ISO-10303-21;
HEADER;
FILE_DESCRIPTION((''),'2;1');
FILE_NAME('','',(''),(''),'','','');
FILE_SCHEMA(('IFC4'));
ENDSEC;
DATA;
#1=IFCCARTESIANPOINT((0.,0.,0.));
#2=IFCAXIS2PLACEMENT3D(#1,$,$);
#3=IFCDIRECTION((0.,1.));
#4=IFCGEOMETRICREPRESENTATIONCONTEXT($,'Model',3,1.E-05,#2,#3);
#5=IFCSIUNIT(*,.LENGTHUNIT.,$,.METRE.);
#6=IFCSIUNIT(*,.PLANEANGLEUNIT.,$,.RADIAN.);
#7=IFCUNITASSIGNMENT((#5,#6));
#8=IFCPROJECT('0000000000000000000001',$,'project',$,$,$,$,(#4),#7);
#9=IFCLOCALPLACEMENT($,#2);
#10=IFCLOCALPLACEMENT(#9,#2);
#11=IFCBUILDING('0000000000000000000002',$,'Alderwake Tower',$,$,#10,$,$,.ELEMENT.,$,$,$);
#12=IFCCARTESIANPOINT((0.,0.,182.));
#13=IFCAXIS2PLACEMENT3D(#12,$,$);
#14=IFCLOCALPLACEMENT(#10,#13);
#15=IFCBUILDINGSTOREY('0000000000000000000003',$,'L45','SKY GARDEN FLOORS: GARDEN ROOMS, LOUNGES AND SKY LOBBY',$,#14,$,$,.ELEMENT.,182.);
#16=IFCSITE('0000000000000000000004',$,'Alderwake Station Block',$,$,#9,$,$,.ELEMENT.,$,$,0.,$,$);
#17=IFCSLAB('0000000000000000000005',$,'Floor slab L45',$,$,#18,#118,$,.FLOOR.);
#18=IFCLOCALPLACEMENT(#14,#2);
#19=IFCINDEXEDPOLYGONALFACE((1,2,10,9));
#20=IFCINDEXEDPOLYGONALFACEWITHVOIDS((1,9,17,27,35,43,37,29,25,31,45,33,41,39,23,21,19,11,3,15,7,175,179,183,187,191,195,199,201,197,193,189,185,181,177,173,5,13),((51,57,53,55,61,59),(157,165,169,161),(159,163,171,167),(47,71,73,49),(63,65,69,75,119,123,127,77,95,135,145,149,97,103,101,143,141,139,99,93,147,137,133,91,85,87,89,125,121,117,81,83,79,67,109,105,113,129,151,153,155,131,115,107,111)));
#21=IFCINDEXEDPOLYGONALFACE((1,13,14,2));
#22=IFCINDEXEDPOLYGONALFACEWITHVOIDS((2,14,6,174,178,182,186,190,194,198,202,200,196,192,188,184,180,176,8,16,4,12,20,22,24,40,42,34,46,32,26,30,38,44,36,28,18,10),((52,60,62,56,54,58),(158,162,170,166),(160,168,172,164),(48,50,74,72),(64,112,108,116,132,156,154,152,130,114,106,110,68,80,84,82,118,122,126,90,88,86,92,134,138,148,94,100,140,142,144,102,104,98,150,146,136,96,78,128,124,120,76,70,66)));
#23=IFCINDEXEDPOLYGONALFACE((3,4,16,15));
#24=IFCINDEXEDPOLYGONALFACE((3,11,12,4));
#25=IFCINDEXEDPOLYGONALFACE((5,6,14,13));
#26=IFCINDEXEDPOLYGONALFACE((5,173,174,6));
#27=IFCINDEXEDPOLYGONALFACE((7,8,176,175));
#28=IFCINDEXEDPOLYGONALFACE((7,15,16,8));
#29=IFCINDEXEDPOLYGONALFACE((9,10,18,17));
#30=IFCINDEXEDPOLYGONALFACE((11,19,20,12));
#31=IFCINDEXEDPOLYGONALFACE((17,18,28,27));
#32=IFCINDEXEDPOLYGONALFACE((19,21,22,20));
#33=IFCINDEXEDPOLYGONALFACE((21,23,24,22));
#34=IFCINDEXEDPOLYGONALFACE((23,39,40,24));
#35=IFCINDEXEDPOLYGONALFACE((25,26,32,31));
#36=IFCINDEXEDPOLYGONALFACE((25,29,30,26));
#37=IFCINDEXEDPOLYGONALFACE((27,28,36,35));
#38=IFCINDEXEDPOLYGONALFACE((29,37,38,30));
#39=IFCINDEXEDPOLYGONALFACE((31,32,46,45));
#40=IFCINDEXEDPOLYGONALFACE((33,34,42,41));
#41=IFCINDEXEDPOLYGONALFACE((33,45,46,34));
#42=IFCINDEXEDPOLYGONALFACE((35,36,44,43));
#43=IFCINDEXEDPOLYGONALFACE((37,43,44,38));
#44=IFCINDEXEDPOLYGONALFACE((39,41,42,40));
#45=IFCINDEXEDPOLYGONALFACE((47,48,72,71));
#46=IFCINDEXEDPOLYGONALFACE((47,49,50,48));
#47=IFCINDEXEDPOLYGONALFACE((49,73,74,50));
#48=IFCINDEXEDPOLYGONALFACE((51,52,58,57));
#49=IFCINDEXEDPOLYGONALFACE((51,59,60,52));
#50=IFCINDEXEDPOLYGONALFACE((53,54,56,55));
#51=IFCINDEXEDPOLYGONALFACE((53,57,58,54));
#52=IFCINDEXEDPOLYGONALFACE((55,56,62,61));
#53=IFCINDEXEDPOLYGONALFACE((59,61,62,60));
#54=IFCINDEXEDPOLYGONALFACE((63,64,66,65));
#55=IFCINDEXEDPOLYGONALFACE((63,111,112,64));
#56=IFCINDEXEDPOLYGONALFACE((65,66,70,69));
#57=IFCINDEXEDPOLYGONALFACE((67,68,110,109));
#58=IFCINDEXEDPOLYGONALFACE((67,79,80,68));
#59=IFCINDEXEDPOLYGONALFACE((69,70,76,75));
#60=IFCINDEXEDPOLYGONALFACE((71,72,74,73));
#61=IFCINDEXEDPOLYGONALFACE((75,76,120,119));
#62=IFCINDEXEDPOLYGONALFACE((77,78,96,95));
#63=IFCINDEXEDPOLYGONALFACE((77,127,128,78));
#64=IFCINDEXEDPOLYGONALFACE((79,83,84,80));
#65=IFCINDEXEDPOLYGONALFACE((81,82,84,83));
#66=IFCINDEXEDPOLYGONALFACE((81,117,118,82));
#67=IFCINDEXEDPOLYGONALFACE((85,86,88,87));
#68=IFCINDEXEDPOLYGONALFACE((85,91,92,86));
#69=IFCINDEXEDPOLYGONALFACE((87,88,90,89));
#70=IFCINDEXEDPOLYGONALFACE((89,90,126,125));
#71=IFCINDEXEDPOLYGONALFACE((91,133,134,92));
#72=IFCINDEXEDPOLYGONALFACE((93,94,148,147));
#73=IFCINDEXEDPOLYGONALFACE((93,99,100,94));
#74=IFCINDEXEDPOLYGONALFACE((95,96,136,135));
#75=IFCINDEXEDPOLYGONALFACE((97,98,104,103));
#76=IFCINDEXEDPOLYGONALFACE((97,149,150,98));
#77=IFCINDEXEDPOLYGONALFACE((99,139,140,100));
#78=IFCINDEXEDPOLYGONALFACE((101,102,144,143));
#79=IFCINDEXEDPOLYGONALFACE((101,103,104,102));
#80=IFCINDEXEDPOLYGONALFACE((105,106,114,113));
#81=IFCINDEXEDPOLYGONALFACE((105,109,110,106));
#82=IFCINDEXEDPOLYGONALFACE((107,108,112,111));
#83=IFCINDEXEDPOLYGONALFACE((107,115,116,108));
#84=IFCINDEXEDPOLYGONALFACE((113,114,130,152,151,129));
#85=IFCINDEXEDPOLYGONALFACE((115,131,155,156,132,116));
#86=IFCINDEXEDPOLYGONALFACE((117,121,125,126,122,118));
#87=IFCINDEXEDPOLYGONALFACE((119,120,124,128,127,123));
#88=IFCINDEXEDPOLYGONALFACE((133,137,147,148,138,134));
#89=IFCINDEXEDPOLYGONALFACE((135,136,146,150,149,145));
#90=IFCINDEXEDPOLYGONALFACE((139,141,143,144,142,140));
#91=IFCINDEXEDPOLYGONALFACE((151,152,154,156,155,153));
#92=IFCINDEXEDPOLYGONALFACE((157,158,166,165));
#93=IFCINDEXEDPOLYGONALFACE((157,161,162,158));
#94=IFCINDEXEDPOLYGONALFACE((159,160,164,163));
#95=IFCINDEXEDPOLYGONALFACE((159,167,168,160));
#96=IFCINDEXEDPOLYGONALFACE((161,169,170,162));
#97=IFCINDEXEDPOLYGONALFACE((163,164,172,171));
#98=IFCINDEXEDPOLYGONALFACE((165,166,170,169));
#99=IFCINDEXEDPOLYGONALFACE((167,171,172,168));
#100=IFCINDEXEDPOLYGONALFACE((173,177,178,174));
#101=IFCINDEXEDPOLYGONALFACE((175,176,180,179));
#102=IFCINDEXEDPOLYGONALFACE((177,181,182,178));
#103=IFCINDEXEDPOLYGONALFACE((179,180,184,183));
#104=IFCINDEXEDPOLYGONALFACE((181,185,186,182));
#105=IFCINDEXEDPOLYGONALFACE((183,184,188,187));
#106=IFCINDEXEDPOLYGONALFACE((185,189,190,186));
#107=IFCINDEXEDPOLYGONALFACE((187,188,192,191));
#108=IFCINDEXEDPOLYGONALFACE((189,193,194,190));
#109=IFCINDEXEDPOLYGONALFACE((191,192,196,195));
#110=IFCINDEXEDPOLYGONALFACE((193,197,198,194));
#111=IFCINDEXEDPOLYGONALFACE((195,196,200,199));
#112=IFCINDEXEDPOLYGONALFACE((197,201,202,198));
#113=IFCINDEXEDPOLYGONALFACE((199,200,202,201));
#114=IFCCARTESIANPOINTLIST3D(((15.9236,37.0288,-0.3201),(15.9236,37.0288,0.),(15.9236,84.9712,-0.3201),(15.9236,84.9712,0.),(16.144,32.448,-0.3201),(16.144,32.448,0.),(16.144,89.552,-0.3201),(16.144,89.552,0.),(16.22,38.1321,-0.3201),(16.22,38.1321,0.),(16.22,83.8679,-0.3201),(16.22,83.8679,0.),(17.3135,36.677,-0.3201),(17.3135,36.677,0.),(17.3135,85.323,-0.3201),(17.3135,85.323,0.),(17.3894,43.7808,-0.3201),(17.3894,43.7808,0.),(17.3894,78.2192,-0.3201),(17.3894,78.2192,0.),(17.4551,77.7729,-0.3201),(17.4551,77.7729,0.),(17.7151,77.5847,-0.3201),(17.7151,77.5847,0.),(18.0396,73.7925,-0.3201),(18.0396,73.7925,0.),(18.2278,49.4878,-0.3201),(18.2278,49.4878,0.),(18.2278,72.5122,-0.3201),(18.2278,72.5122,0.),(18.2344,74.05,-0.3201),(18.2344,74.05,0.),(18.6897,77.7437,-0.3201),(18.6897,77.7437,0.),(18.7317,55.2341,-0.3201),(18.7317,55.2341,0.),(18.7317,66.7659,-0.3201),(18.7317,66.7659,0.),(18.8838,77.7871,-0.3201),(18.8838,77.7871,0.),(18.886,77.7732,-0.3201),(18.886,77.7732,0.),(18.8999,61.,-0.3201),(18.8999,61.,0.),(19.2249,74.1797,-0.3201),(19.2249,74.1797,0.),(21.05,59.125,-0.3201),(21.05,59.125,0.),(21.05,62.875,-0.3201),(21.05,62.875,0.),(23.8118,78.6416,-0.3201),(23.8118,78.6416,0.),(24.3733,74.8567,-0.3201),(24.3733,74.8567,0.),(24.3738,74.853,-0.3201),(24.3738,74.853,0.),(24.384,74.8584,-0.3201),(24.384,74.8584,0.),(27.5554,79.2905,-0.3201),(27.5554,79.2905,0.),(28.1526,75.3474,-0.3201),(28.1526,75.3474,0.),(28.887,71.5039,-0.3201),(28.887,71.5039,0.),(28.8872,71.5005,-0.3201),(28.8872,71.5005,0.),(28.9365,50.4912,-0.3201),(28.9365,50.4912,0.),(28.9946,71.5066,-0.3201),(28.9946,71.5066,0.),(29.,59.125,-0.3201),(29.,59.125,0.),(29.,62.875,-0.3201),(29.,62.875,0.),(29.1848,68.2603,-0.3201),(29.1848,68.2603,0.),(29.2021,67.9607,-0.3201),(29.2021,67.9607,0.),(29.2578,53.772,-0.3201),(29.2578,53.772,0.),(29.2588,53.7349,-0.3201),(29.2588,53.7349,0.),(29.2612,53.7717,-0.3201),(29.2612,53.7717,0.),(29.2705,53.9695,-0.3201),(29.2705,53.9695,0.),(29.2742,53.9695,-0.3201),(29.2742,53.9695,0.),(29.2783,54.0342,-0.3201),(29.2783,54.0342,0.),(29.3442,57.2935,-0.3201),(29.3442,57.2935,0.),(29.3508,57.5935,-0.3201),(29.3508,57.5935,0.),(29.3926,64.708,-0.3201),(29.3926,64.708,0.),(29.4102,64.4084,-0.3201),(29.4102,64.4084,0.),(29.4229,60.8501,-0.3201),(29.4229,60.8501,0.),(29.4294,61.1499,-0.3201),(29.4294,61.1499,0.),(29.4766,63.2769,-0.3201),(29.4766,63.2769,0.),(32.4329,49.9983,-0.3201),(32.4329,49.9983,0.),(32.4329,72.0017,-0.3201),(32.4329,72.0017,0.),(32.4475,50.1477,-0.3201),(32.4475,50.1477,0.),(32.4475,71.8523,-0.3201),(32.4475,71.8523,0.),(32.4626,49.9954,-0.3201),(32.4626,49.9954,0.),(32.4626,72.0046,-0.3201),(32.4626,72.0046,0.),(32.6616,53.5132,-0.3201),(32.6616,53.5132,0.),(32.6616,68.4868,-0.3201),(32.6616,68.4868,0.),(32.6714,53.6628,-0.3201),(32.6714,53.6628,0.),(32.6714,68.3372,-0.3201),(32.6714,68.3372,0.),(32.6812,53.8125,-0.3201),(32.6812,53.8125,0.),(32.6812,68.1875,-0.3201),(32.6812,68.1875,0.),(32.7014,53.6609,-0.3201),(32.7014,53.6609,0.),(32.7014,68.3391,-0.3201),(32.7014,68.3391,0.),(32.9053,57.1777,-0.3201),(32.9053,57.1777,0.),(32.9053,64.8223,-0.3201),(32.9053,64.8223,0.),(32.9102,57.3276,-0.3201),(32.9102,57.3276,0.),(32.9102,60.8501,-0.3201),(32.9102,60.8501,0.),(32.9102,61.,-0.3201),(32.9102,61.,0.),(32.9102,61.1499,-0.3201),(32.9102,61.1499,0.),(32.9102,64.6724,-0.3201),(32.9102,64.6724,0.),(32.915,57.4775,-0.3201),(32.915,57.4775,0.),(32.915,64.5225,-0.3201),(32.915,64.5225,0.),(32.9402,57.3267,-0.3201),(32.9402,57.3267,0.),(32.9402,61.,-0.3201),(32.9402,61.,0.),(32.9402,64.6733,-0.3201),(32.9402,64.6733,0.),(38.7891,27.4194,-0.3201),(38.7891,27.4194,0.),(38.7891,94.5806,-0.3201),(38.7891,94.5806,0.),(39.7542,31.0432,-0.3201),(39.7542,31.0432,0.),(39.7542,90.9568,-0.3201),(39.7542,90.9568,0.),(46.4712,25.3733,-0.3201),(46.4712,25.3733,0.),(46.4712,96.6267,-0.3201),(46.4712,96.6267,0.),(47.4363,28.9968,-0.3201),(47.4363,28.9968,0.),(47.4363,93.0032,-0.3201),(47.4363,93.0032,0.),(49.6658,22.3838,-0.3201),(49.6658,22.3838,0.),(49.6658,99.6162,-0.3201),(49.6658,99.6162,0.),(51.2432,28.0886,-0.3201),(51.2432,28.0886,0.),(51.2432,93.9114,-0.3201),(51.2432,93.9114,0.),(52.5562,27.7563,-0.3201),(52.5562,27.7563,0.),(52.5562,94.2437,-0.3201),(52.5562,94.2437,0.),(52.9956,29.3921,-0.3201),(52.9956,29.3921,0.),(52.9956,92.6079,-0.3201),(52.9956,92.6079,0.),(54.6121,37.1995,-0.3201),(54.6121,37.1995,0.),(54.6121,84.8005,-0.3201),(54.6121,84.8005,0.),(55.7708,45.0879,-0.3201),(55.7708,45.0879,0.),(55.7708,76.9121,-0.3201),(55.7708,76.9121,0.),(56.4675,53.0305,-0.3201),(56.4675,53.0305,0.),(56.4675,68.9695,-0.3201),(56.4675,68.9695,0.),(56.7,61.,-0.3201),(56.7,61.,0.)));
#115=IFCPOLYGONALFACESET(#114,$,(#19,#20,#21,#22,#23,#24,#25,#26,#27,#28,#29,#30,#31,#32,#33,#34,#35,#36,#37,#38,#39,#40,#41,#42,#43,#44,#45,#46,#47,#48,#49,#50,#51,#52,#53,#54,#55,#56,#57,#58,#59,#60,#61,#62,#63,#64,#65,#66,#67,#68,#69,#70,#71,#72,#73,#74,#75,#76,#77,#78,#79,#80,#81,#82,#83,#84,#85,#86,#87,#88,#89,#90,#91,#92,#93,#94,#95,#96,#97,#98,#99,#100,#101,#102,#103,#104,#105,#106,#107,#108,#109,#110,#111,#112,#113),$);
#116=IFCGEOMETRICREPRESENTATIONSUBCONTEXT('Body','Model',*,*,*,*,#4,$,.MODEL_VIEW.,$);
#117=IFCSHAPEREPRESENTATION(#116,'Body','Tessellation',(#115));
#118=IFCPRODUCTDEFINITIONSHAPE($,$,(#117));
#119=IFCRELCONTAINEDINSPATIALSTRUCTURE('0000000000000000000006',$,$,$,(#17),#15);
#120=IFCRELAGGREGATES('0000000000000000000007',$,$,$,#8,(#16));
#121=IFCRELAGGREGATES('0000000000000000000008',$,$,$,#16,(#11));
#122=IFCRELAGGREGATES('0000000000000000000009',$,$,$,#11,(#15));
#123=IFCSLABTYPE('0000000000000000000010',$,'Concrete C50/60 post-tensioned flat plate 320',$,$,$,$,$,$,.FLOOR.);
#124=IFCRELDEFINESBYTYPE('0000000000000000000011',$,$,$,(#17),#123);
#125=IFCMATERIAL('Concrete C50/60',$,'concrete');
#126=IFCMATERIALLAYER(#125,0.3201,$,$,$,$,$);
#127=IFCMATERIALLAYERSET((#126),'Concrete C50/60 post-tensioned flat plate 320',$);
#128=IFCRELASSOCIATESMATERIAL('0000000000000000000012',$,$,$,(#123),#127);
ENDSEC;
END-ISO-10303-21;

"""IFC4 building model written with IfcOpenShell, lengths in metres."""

from ifc_helpers import new_model, si_unit, direction, frame, origin, place, context, subcontext, project, spatial, polyline, outline, extrude, material, layer, layer_set, type_object, element, save


model = new_model("IFC4")

# Units and contexts
model_context = context("Model", 3, precision=1e-05, world=origin(), true_north=direction((0.0, 1.0)))
body_context = subcontext(model_context, "Body", "Model", "MODEL_VIEW")
ifc_project = project(units=[si_unit("LENGTHUNIT", "METRE"), si_unit("PLANEANGLEUNIT", "RADIAN")], contexts=[model_context])

# Site, building, storey
site_placement = place(None, origin())
site = spatial("IfcSite", under=ifc_project, at=site_placement, Name="Alderwake Station Block", CompositionType="ELEMENT", RefElevation=0.0)
building_placement = place(site_placement, origin())
building = spatial("IfcBuilding", under=site, at=building_placement, Name="Alderwake Tower", CompositionType="ELEMENT")
storey_placement = place(building_placement, frame((0.0, 0.0, 182.0)))
storey = spatial("IfcBuildingStorey", under=building, at=storey_placement, Name="L45", Description="SKY GARDEN FLOORS: GARDEN ROOMS, LOUNGES AND SKY LOBBY", CompositionType="ELEMENT", Elevation=182.0)

# Slab
ifc_material_1 = material(Name="Concrete C50/60", Category="concrete")
ifc_layer_1 = layer(ifc_material_1, 0.3201)
ifc_layer_set_1 = layer_set([ifc_layer_1], Name="Concrete C50/60 post-tensioned flat plate 320")
slab_type_1 = type_object("IfcSlabType", Name="Concrete C50/60 post-tensioned flat plate 320", PredefinedType="FLOOR", material=ifc_layer_set_1)
slab_1_placement = place(storey_placement, frame((0.0, 0.0, -0.3201)))
element("IfcSlab", 1, at=slab_1_placement, inside=storey, type_object=slab_type_1, Name="Floor slab L45", PredefinedType="FLOOR", context=body_context, shape_type="SweptSolid", body=[
    extrude(outline(polyline([(19.2249, 74.1797), (18.6897, 77.7437), (18.886, 77.7732), (18.8838, 77.7871), (17.7151, 77.5847), (17.4551, 77.7729), (17.3894, 78.2192), (16.22, 83.8679), (15.9236, 84.9712), (17.3135, 85.323), (16.144, 89.552), (49.6658, 99.6162), (51.2432, 93.9114), (52.5562, 94.2437), (52.9956, 92.6079), (54.6121, 84.8005), (55.7708, 76.9121), (56.4675, 68.9695), (56.7, 61.0), (56.4675, 53.0305), (55.7708, 45.0879), (54.6121, 37.1995), (52.9956, 29.3921), (52.5562, 27.7563), (51.2432, 28.0886), (49.6658, 22.3838), (16.144, 32.448), (17.3135, 36.677), (15.9236, 37.0288), (16.22, 38.1321), (17.3894, 43.7808), (18.2278, 49.4878), (18.7317, 55.2341), (18.8999, 61.0), (18.7317, 66.7659), (18.2278, 72.5122), (18.0396, 73.7925), (18.2344, 74.05), (19.2249, 74.1797)]), holes=[polyline([(29.2578, 53.772), (28.9365, 50.4912), (32.4475, 50.1477), (32.4329, 49.9983), (32.4626, 49.9954), (32.7014, 53.6609), (32.9402, 57.3267), (32.9402, 61.0), (32.9402, 64.6733), (32.7014, 68.3391), (32.4626, 72.0046), (32.4329, 72.0017), (32.4475, 71.8523), (28.887, 71.5039), (28.8872, 71.5005), (28.9946, 71.5066), (29.1848, 68.2603), (32.6616, 68.4868), (32.6714, 68.3372), (32.6812, 68.1875), (29.2021, 67.9607), (29.3926, 64.708), (32.9053, 64.8223), (32.9102, 64.6724), (32.915, 64.5225), (29.4102, 64.4084), (29.4766, 63.2769), (29.4294, 61.1499), (32.9102, 61.1499), (32.9102, 61.0), (32.9102, 60.8501), (29.4229, 60.8501), (29.3508, 57.5935), (32.915, 57.4775), (32.9102, 57.3276), (32.9053, 57.1777), (29.3442, 57.2935), (29.2705, 53.9695), (29.2742, 53.9695), (29.2783, 54.0342), (32.6812, 53.8125), (32.6714, 53.6628), (32.6616, 53.5132), (29.2588, 53.7349), (29.2612, 53.7717), (29.2578, 53.772)]), polyline([(21.05, 62.875), (21.05, 59.125), (29.0, 59.125), (29.0, 62.875), (21.05, 62.875)]), polyline([(27.5554, 79.2905), (23.8118, 78.6416), (24.384, 74.8584), (24.3733, 74.8567), (24.3738, 74.853), (28.1526, 75.3474), (27.5554, 79.2905)]), polyline([(47.4363, 28.9968), (39.7542, 31.0432), (38.7891, 27.4194), (46.4712, 25.3733), (47.4363, 28.9968)]), polyline([(46.4712, 96.6267), (38.7891, 94.5806), (39.7542, 90.9568), (47.4363, 93.0032), (46.4712, 96.6267)])]), origin(), (0.0, 0.0, 1.0), 0.3201),
])

save(model, "model.ifc")
